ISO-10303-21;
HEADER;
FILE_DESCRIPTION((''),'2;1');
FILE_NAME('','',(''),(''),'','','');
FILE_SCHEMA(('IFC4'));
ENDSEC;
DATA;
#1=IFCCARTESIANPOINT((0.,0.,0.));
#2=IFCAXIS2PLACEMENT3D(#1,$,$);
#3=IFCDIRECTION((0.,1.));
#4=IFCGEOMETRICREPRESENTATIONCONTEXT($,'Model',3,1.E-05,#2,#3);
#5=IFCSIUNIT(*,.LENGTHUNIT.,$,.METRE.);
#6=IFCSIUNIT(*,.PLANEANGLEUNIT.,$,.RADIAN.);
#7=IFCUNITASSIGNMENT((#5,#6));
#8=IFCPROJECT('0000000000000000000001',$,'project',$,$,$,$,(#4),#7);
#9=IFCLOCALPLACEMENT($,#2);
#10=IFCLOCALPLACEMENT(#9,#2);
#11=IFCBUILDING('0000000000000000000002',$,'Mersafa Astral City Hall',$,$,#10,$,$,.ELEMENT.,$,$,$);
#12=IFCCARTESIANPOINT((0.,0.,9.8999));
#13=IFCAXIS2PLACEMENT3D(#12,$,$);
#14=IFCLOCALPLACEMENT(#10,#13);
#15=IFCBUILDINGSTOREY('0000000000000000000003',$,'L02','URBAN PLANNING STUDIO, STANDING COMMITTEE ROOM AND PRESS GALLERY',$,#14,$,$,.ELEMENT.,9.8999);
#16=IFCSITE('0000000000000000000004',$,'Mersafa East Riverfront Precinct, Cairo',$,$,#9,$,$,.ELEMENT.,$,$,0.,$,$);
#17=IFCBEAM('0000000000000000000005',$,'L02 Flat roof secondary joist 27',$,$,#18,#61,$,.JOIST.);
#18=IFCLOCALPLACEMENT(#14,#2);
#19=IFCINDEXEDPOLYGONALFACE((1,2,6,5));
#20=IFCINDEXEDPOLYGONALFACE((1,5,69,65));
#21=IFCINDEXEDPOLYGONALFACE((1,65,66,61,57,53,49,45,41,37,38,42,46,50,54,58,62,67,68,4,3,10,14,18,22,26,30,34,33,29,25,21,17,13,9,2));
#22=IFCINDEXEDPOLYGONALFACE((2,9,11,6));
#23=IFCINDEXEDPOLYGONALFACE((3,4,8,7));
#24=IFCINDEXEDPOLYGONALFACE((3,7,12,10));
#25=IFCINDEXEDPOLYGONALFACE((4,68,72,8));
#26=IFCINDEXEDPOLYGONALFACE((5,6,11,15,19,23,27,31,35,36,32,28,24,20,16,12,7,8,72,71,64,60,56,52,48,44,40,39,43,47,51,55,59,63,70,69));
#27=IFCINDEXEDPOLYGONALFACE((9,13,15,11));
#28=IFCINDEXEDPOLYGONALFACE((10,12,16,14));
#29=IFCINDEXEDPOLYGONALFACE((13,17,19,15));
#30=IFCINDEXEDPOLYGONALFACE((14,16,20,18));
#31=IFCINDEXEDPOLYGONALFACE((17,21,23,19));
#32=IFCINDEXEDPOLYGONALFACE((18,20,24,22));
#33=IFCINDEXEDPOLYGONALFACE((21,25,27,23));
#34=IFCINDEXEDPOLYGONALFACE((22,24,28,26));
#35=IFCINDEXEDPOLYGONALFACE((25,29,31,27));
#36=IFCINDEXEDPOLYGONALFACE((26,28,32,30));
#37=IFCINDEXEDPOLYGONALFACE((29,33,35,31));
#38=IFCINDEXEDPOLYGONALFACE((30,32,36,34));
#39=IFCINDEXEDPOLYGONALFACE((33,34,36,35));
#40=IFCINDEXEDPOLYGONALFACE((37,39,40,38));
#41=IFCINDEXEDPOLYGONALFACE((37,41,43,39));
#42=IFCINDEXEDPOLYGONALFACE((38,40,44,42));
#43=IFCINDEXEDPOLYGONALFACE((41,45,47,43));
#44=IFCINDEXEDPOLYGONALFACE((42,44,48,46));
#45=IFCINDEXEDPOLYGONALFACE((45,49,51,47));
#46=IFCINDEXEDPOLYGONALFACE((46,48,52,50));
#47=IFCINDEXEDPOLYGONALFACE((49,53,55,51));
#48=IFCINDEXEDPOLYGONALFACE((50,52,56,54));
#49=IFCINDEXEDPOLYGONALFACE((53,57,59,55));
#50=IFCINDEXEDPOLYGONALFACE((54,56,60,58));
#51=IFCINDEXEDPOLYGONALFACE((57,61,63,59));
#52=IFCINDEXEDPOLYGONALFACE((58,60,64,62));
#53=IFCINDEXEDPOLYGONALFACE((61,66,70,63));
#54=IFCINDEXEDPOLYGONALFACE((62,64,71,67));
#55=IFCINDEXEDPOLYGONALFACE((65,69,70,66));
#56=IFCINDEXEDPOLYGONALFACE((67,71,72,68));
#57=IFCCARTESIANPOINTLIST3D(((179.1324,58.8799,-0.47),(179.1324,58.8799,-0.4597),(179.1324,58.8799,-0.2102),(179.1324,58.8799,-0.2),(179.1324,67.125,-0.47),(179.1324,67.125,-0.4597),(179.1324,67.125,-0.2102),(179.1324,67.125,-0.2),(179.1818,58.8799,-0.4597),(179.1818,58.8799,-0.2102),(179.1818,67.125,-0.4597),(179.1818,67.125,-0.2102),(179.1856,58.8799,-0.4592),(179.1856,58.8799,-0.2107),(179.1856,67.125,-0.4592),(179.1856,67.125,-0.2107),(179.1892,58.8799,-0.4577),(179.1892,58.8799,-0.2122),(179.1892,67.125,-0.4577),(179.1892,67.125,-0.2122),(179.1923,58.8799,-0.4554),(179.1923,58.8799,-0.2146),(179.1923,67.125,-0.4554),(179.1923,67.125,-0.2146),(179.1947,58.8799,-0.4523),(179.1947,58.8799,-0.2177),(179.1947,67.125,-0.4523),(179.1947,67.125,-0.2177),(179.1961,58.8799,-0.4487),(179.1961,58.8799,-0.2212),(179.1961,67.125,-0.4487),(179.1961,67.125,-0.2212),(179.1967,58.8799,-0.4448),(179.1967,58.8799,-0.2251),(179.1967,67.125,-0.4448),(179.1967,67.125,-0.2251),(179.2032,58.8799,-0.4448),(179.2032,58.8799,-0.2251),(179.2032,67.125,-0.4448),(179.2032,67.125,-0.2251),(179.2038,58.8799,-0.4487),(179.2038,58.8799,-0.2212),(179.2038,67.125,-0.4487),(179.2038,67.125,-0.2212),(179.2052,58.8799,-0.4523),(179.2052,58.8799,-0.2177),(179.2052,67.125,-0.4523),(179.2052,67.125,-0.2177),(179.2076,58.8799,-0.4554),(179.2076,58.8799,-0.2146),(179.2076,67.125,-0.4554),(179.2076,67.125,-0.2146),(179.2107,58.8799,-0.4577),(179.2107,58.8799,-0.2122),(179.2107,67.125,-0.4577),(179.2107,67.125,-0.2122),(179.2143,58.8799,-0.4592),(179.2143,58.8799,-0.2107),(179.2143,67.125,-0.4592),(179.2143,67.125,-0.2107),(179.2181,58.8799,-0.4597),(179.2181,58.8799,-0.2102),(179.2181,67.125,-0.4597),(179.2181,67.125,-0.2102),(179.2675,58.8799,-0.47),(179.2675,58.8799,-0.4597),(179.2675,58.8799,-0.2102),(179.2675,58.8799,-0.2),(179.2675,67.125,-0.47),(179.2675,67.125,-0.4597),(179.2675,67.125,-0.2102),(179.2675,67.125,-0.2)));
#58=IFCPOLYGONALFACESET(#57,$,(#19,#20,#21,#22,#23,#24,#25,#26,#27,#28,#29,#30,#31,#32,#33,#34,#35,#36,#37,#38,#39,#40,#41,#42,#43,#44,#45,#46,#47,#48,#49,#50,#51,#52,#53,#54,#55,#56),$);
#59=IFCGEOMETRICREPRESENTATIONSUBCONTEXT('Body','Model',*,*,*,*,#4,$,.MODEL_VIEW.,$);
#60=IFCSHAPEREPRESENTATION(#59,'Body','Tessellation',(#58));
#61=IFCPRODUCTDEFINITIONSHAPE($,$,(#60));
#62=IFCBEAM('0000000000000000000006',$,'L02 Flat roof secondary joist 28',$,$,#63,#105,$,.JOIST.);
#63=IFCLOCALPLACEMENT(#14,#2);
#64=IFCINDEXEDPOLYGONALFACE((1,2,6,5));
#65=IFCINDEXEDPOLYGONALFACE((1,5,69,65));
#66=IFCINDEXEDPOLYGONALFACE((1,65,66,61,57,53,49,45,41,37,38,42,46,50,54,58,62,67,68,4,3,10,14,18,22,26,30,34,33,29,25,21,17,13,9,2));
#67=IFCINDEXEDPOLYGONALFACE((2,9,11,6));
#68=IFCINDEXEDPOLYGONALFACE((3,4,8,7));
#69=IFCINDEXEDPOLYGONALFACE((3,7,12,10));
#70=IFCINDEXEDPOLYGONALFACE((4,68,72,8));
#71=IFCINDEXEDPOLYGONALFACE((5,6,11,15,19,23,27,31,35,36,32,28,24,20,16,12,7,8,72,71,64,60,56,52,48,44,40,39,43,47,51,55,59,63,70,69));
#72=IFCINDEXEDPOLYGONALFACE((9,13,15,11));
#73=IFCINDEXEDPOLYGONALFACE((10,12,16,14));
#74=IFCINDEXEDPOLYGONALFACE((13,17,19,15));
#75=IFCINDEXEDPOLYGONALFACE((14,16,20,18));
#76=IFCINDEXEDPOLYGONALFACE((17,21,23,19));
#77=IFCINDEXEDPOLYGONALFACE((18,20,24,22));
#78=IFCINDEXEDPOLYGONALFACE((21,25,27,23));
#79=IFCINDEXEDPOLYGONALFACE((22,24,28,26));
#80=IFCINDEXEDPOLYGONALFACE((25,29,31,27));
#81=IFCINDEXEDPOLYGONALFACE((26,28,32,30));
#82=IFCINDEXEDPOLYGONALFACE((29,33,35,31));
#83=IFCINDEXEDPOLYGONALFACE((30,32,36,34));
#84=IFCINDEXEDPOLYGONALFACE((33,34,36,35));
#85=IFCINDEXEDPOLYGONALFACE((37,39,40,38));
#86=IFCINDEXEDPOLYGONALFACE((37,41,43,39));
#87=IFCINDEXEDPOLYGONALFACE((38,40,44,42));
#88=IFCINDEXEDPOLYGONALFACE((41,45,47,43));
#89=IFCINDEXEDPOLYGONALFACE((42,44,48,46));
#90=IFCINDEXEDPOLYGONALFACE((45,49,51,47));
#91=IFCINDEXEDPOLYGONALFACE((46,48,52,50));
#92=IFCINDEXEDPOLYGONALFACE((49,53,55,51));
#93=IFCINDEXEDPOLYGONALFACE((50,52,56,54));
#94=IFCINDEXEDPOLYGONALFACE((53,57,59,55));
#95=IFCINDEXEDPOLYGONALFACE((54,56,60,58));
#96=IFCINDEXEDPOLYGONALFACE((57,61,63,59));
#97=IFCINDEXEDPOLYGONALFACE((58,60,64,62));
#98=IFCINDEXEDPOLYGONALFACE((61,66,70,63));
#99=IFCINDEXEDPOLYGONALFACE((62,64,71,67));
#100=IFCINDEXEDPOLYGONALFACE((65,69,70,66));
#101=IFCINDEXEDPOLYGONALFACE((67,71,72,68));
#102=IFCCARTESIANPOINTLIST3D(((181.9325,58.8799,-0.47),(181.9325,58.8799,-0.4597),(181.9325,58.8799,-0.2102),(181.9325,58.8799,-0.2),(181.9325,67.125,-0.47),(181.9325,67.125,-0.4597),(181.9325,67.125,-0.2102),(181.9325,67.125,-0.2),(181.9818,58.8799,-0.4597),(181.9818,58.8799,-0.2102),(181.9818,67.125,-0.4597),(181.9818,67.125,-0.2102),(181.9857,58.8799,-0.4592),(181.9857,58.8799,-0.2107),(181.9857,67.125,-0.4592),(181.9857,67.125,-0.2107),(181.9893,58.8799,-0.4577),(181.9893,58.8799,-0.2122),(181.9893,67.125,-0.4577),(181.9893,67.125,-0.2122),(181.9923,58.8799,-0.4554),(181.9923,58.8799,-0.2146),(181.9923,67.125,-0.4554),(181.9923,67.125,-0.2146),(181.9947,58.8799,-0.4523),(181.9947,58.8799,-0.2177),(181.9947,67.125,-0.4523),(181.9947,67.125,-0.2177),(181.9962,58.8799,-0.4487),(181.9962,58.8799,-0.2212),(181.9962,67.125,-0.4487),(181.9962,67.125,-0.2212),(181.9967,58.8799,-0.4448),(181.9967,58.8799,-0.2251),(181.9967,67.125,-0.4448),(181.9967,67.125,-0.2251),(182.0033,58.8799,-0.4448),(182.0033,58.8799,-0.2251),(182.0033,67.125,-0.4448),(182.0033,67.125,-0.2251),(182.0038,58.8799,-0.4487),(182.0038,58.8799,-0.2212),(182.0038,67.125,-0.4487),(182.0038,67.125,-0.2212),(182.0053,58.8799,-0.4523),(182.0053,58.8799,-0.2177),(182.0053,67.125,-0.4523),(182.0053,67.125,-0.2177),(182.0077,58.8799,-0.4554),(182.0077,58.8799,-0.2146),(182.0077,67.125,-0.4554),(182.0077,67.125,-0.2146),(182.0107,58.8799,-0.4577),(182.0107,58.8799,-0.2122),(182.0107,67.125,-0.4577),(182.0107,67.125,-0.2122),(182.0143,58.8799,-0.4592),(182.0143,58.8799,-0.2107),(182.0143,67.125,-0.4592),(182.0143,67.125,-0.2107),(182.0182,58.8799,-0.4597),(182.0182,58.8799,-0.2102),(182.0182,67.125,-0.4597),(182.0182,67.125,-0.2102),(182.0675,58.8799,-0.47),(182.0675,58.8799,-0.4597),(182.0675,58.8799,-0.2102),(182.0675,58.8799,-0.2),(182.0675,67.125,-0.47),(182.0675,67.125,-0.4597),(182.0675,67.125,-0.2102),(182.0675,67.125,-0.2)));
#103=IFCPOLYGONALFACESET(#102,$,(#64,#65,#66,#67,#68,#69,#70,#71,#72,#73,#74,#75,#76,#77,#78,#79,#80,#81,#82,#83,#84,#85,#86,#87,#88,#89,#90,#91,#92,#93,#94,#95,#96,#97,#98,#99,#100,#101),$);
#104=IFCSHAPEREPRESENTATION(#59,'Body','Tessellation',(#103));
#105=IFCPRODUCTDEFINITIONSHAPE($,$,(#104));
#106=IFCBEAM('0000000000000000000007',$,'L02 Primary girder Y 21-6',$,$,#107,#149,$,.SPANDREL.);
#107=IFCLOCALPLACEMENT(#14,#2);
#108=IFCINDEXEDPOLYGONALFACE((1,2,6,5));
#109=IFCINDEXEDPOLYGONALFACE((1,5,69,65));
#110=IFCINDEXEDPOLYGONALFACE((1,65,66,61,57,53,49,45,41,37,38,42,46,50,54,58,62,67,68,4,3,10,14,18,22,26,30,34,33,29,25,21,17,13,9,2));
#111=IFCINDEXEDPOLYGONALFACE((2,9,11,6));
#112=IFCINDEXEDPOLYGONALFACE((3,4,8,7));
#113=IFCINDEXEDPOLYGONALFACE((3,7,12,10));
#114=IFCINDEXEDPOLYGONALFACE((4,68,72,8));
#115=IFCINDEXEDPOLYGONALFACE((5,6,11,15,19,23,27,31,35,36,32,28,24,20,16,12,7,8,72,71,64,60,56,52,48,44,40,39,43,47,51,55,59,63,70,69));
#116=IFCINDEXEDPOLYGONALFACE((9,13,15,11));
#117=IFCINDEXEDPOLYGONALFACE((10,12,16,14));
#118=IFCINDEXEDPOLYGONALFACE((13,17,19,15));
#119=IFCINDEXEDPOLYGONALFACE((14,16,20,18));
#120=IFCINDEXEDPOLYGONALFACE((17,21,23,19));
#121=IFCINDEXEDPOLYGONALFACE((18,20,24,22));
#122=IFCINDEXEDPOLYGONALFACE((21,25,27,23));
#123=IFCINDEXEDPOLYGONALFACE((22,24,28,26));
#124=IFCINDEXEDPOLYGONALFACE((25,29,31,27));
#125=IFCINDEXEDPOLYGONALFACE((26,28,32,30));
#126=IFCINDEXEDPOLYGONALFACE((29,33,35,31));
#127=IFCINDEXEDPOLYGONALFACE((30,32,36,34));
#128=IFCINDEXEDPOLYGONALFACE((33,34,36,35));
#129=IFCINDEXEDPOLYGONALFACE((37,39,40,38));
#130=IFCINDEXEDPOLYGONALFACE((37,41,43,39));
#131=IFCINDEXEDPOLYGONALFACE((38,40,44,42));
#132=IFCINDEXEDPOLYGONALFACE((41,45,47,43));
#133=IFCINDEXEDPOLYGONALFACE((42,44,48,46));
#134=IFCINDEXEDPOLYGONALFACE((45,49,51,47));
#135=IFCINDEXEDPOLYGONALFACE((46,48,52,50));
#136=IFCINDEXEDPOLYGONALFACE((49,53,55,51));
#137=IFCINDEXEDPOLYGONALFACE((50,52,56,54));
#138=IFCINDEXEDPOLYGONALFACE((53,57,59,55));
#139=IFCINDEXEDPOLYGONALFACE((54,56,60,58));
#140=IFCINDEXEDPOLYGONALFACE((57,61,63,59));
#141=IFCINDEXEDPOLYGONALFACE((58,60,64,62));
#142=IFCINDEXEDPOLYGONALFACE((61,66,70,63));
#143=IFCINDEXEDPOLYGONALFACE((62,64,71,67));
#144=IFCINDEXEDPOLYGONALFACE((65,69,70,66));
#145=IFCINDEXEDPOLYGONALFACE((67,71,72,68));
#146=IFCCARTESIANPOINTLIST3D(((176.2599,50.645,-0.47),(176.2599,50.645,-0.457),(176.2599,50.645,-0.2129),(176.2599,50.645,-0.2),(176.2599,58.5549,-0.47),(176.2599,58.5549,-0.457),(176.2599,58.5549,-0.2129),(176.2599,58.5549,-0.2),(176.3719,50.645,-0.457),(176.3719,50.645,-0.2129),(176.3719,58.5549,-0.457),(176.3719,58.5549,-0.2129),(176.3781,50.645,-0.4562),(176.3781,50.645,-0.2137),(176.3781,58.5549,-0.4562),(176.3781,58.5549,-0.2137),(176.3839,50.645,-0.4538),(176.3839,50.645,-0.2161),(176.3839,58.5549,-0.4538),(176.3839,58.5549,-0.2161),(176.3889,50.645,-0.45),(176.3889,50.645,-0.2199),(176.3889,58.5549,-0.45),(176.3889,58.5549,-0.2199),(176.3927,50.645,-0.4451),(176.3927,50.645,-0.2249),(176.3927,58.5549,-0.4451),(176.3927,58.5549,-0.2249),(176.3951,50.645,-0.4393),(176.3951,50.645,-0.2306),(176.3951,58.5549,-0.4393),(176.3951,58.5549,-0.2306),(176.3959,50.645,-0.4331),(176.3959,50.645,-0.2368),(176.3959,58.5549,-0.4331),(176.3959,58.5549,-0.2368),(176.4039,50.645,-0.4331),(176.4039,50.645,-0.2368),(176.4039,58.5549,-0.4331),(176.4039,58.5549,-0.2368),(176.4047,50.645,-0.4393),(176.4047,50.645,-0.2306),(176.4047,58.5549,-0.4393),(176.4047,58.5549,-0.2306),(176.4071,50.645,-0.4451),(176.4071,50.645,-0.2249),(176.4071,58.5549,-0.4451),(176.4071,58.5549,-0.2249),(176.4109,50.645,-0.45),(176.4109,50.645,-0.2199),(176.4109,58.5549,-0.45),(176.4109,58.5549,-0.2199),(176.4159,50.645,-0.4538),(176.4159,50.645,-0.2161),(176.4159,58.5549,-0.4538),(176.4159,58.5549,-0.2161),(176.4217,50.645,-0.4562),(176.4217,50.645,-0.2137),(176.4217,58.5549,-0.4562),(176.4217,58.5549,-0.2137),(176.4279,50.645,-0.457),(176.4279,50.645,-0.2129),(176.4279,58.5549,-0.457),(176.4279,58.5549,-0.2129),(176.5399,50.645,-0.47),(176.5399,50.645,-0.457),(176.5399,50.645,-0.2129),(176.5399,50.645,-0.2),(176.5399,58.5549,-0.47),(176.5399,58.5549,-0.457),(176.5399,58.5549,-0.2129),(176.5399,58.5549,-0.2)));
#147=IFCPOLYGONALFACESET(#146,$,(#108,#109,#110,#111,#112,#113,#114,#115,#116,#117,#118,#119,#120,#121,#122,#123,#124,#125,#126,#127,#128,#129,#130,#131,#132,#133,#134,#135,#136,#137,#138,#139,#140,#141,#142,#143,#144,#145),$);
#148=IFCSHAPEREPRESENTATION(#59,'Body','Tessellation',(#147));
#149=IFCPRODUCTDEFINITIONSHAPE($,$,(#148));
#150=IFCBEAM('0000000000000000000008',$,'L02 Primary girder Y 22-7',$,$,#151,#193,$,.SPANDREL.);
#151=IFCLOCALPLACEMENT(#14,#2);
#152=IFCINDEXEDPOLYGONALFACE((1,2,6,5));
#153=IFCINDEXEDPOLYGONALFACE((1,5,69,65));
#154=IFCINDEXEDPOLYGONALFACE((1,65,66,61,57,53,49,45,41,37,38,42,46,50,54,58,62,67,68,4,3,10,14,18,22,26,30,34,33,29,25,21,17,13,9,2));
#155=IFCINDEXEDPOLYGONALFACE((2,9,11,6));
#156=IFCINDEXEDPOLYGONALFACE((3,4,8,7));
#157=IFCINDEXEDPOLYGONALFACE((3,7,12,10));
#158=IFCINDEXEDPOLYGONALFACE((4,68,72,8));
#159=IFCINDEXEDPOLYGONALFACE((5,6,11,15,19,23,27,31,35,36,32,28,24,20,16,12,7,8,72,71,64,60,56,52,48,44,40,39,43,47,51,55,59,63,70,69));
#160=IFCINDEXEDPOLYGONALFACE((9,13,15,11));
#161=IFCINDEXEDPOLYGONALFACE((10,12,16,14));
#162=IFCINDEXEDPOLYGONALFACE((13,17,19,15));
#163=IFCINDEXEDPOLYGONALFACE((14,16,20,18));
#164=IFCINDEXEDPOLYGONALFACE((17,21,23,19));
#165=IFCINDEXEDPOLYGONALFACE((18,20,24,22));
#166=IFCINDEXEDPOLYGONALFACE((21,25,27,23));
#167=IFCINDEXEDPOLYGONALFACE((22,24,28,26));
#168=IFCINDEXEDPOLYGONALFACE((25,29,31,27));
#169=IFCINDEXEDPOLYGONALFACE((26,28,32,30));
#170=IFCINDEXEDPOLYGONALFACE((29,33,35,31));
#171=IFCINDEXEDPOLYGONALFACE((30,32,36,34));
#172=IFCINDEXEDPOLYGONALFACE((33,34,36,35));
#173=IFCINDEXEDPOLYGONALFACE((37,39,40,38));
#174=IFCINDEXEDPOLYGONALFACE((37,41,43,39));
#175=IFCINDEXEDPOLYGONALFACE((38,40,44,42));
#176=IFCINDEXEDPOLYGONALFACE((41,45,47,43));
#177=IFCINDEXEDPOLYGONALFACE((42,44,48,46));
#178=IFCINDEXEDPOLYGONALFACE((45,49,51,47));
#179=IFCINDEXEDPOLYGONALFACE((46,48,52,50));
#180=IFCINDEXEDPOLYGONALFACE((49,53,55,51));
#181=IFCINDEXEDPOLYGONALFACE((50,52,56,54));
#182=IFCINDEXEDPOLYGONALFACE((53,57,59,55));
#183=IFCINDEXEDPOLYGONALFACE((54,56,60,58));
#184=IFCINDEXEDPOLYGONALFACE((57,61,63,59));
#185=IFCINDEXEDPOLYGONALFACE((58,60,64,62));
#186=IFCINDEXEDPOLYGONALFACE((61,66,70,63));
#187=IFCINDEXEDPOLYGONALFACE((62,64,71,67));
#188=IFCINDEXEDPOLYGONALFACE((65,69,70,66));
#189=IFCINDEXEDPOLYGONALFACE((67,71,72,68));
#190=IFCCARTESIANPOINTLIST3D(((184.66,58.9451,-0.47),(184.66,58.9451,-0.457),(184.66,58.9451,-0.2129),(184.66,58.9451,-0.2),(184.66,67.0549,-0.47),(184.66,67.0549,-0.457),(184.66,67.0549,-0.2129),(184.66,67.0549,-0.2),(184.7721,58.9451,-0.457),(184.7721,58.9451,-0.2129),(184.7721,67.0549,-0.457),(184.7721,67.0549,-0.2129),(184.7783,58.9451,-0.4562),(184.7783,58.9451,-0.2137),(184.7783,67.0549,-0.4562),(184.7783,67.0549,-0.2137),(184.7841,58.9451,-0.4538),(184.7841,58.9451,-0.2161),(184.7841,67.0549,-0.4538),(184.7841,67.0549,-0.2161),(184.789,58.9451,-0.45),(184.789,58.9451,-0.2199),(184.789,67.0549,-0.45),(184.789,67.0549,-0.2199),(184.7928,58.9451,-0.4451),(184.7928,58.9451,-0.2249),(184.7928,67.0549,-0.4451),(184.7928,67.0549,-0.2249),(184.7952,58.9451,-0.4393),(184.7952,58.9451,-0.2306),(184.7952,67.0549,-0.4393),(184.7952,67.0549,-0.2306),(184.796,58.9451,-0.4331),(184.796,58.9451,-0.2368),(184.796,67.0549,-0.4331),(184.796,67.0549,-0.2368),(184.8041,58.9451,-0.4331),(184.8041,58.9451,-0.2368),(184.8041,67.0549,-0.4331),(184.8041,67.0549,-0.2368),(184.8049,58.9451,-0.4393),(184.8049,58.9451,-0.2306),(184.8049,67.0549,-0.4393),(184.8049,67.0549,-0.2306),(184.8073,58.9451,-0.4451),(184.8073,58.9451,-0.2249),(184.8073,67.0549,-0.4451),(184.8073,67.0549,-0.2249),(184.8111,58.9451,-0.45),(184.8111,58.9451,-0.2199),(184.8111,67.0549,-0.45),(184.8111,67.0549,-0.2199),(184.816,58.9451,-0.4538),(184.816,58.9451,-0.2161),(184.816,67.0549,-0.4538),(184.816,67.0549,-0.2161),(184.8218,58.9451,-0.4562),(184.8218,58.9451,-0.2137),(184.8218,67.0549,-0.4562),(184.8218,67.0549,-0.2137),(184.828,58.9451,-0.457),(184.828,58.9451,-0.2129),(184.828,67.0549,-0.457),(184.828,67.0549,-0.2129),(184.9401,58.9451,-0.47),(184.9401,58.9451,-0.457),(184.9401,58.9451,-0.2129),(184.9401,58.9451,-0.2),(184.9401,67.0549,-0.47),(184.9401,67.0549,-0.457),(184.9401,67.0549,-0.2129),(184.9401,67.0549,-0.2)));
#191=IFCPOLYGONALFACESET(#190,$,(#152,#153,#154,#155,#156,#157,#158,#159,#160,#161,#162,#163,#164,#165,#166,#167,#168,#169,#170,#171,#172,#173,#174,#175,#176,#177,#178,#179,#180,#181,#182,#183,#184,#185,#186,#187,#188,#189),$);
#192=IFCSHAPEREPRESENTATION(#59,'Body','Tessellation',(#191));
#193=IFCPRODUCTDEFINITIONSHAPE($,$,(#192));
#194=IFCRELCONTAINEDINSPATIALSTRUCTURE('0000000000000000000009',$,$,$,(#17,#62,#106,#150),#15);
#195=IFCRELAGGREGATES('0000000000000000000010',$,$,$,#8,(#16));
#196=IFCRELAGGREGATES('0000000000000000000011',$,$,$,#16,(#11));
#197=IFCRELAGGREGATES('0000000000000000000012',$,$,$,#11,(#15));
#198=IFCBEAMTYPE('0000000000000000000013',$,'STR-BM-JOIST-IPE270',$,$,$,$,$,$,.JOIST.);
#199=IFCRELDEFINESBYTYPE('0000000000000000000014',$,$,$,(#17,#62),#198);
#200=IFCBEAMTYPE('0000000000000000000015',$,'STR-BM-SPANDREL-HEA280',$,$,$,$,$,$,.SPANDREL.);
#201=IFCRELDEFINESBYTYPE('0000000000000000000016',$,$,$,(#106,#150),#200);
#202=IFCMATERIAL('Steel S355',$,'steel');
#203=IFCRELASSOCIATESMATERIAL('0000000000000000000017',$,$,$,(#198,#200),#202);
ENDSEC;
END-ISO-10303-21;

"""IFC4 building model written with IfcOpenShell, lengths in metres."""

from ifc_helpers import new_model, si_unit, direction, frame, origin, origin_2d, place, context, subcontext, project, spatial, i_section, extrude, material, material_profile, profile_set, type_object, element, save


model = new_model("IFC4")

# Units and contexts
model_context = context("Model", 3, precision=1e-05, world=origin(), true_north=direction((0.0, 1.0)))
body_context = subcontext(model_context, "Body", "Model", "MODEL_VIEW")
ifc_project = project(units=[si_unit("LENGTHUNIT", "METRE"), si_unit("PLANEANGLEUNIT", "RADIAN")], contexts=[model_context])

# Site, building, storey
site_placement = place(None, origin())
site = spatial("IfcSite", under=ifc_project, at=site_placement, Name="Mersafa East Riverfront Precinct, Cairo", CompositionType="ELEMENT", RefElevation=0.0)
building_placement = place(site_placement, origin())
building = spatial("IfcBuilding", under=site, at=building_placement, Name="Mersafa Astral City Hall", CompositionType="ELEMENT")
storey_placement = place(building_placement, frame((0.0, 0.0, 9.8999)))
storey = spatial("IfcBuildingStorey", under=building, at=storey_placement, Name="L02", Description="URBAN PLANNING STUDIO, STANDING COMMITTEE ROOM AND PRESS GALLERY", CompositionType="ELEMENT", Elevation=9.8999)

# Shared definitions
ifc_material_1 = material(Name="Steel S355", Category="steel")

# Beams
ifc_material_profile_1 = material_profile(ifc_material_1, i_section(OverallWidth=0.135, OverallDepth=0.27, WebThickness=0.0066, FlangeThickness=0.0103, FilletRadius=0.0149, at=origin_2d()), Name="IPE 270")
ifc_profile_set_1 = profile_set([ifc_material_profile_1], Name="Steel S355")
beam_type_1 = type_object("IfcBeamType", Name="STR-BM-JOIST-IPE270", PredefinedType="JOIST", material=ifc_profile_set_1)
for number, where, z_axis, x_axis, name in (
    (1, (179.2, 58.8799, -0.335), (0.0, 1.0, 0.0), (-1.0, 0.0, 0.0), "L02 Flat roof secondary joist 27"),
    (2, (182.0, 58.8799, -0.335), (0.0, 1.0, 0.0), (-1.0, 0.0, 0.0), "L02 Flat roof secondary joist 28"),
):
    element("IfcBeam", number, at=place(storey_placement, frame(where, z_axis=z_axis, x_axis=x_axis)), inside=storey, type_object=beam_type_1, Name=name, PredefinedType="JOIST", context=body_context, shape_type="SweptSolid", body=[
        extrude(i_section(OverallWidth=0.135, OverallDepth=0.27, WebThickness=0.0066, FlangeThickness=0.0103, FilletRadius=0.0149, at=origin_2d()), origin(), (0.0, 0.0, 1.0), 8.2451),
    ])
ifc_material_profile_2 = material_profile(ifc_material_1, i_section(OverallWidth=0.28, OverallDepth=0.27, WebThickness=0.0081, FlangeThickness=0.0129, FilletRadius=0.0239, at=origin_2d()), Name="HEA 280")
ifc_profile_set_2 = profile_set([ifc_material_profile_2], Name="Steel S355")
beam_type_2 = type_object("IfcBeamType", Name="STR-BM-SPANDREL-HEA280", PredefinedType="SPANDREL", material=ifc_profile_set_2)
beam_1_placement = place(storey_placement, frame((176.3999, 50.645, -0.335), z_axis=(0.0, 1.0, 0.0), x_axis=(-1.0, 0.0, 0.0)))
element("IfcBeam", 3, at=beam_1_placement, inside=storey, type_object=beam_type_2, Name="L02 Primary girder Y 21-6", PredefinedType="SPANDREL", context=body_context, shape_type="SweptSolid", body=[
    extrude(i_section(OverallWidth=0.28, OverallDepth=0.27, WebThickness=0.0081, FlangeThickness=0.0129, FilletRadius=0.0239, at=origin_2d()), origin(), (0.0, 0.0, 1.0), 7.9099),
])
beam_2_placement = place(storey_placement, frame((184.8, 58.9451, -0.335), z_axis=(0.0, 1.0, 0.0), x_axis=(-1.0, 0.0, 0.0)))
element("IfcBeam", 4, at=beam_2_placement, inside=storey, type_object=beam_type_2, Name="L02 Primary girder Y 22-7", PredefinedType="SPANDREL", context=body_context, shape_type="SweptSolid", body=[
    extrude(i_section(OverallWidth=0.28, OverallDepth=0.27, WebThickness=0.0081, FlangeThickness=0.0129, FilletRadius=0.0239, at=origin_2d()), origin(), (0.0, 0.0, 1.0), 8.1099),
])

save(model, "model.ifc")
